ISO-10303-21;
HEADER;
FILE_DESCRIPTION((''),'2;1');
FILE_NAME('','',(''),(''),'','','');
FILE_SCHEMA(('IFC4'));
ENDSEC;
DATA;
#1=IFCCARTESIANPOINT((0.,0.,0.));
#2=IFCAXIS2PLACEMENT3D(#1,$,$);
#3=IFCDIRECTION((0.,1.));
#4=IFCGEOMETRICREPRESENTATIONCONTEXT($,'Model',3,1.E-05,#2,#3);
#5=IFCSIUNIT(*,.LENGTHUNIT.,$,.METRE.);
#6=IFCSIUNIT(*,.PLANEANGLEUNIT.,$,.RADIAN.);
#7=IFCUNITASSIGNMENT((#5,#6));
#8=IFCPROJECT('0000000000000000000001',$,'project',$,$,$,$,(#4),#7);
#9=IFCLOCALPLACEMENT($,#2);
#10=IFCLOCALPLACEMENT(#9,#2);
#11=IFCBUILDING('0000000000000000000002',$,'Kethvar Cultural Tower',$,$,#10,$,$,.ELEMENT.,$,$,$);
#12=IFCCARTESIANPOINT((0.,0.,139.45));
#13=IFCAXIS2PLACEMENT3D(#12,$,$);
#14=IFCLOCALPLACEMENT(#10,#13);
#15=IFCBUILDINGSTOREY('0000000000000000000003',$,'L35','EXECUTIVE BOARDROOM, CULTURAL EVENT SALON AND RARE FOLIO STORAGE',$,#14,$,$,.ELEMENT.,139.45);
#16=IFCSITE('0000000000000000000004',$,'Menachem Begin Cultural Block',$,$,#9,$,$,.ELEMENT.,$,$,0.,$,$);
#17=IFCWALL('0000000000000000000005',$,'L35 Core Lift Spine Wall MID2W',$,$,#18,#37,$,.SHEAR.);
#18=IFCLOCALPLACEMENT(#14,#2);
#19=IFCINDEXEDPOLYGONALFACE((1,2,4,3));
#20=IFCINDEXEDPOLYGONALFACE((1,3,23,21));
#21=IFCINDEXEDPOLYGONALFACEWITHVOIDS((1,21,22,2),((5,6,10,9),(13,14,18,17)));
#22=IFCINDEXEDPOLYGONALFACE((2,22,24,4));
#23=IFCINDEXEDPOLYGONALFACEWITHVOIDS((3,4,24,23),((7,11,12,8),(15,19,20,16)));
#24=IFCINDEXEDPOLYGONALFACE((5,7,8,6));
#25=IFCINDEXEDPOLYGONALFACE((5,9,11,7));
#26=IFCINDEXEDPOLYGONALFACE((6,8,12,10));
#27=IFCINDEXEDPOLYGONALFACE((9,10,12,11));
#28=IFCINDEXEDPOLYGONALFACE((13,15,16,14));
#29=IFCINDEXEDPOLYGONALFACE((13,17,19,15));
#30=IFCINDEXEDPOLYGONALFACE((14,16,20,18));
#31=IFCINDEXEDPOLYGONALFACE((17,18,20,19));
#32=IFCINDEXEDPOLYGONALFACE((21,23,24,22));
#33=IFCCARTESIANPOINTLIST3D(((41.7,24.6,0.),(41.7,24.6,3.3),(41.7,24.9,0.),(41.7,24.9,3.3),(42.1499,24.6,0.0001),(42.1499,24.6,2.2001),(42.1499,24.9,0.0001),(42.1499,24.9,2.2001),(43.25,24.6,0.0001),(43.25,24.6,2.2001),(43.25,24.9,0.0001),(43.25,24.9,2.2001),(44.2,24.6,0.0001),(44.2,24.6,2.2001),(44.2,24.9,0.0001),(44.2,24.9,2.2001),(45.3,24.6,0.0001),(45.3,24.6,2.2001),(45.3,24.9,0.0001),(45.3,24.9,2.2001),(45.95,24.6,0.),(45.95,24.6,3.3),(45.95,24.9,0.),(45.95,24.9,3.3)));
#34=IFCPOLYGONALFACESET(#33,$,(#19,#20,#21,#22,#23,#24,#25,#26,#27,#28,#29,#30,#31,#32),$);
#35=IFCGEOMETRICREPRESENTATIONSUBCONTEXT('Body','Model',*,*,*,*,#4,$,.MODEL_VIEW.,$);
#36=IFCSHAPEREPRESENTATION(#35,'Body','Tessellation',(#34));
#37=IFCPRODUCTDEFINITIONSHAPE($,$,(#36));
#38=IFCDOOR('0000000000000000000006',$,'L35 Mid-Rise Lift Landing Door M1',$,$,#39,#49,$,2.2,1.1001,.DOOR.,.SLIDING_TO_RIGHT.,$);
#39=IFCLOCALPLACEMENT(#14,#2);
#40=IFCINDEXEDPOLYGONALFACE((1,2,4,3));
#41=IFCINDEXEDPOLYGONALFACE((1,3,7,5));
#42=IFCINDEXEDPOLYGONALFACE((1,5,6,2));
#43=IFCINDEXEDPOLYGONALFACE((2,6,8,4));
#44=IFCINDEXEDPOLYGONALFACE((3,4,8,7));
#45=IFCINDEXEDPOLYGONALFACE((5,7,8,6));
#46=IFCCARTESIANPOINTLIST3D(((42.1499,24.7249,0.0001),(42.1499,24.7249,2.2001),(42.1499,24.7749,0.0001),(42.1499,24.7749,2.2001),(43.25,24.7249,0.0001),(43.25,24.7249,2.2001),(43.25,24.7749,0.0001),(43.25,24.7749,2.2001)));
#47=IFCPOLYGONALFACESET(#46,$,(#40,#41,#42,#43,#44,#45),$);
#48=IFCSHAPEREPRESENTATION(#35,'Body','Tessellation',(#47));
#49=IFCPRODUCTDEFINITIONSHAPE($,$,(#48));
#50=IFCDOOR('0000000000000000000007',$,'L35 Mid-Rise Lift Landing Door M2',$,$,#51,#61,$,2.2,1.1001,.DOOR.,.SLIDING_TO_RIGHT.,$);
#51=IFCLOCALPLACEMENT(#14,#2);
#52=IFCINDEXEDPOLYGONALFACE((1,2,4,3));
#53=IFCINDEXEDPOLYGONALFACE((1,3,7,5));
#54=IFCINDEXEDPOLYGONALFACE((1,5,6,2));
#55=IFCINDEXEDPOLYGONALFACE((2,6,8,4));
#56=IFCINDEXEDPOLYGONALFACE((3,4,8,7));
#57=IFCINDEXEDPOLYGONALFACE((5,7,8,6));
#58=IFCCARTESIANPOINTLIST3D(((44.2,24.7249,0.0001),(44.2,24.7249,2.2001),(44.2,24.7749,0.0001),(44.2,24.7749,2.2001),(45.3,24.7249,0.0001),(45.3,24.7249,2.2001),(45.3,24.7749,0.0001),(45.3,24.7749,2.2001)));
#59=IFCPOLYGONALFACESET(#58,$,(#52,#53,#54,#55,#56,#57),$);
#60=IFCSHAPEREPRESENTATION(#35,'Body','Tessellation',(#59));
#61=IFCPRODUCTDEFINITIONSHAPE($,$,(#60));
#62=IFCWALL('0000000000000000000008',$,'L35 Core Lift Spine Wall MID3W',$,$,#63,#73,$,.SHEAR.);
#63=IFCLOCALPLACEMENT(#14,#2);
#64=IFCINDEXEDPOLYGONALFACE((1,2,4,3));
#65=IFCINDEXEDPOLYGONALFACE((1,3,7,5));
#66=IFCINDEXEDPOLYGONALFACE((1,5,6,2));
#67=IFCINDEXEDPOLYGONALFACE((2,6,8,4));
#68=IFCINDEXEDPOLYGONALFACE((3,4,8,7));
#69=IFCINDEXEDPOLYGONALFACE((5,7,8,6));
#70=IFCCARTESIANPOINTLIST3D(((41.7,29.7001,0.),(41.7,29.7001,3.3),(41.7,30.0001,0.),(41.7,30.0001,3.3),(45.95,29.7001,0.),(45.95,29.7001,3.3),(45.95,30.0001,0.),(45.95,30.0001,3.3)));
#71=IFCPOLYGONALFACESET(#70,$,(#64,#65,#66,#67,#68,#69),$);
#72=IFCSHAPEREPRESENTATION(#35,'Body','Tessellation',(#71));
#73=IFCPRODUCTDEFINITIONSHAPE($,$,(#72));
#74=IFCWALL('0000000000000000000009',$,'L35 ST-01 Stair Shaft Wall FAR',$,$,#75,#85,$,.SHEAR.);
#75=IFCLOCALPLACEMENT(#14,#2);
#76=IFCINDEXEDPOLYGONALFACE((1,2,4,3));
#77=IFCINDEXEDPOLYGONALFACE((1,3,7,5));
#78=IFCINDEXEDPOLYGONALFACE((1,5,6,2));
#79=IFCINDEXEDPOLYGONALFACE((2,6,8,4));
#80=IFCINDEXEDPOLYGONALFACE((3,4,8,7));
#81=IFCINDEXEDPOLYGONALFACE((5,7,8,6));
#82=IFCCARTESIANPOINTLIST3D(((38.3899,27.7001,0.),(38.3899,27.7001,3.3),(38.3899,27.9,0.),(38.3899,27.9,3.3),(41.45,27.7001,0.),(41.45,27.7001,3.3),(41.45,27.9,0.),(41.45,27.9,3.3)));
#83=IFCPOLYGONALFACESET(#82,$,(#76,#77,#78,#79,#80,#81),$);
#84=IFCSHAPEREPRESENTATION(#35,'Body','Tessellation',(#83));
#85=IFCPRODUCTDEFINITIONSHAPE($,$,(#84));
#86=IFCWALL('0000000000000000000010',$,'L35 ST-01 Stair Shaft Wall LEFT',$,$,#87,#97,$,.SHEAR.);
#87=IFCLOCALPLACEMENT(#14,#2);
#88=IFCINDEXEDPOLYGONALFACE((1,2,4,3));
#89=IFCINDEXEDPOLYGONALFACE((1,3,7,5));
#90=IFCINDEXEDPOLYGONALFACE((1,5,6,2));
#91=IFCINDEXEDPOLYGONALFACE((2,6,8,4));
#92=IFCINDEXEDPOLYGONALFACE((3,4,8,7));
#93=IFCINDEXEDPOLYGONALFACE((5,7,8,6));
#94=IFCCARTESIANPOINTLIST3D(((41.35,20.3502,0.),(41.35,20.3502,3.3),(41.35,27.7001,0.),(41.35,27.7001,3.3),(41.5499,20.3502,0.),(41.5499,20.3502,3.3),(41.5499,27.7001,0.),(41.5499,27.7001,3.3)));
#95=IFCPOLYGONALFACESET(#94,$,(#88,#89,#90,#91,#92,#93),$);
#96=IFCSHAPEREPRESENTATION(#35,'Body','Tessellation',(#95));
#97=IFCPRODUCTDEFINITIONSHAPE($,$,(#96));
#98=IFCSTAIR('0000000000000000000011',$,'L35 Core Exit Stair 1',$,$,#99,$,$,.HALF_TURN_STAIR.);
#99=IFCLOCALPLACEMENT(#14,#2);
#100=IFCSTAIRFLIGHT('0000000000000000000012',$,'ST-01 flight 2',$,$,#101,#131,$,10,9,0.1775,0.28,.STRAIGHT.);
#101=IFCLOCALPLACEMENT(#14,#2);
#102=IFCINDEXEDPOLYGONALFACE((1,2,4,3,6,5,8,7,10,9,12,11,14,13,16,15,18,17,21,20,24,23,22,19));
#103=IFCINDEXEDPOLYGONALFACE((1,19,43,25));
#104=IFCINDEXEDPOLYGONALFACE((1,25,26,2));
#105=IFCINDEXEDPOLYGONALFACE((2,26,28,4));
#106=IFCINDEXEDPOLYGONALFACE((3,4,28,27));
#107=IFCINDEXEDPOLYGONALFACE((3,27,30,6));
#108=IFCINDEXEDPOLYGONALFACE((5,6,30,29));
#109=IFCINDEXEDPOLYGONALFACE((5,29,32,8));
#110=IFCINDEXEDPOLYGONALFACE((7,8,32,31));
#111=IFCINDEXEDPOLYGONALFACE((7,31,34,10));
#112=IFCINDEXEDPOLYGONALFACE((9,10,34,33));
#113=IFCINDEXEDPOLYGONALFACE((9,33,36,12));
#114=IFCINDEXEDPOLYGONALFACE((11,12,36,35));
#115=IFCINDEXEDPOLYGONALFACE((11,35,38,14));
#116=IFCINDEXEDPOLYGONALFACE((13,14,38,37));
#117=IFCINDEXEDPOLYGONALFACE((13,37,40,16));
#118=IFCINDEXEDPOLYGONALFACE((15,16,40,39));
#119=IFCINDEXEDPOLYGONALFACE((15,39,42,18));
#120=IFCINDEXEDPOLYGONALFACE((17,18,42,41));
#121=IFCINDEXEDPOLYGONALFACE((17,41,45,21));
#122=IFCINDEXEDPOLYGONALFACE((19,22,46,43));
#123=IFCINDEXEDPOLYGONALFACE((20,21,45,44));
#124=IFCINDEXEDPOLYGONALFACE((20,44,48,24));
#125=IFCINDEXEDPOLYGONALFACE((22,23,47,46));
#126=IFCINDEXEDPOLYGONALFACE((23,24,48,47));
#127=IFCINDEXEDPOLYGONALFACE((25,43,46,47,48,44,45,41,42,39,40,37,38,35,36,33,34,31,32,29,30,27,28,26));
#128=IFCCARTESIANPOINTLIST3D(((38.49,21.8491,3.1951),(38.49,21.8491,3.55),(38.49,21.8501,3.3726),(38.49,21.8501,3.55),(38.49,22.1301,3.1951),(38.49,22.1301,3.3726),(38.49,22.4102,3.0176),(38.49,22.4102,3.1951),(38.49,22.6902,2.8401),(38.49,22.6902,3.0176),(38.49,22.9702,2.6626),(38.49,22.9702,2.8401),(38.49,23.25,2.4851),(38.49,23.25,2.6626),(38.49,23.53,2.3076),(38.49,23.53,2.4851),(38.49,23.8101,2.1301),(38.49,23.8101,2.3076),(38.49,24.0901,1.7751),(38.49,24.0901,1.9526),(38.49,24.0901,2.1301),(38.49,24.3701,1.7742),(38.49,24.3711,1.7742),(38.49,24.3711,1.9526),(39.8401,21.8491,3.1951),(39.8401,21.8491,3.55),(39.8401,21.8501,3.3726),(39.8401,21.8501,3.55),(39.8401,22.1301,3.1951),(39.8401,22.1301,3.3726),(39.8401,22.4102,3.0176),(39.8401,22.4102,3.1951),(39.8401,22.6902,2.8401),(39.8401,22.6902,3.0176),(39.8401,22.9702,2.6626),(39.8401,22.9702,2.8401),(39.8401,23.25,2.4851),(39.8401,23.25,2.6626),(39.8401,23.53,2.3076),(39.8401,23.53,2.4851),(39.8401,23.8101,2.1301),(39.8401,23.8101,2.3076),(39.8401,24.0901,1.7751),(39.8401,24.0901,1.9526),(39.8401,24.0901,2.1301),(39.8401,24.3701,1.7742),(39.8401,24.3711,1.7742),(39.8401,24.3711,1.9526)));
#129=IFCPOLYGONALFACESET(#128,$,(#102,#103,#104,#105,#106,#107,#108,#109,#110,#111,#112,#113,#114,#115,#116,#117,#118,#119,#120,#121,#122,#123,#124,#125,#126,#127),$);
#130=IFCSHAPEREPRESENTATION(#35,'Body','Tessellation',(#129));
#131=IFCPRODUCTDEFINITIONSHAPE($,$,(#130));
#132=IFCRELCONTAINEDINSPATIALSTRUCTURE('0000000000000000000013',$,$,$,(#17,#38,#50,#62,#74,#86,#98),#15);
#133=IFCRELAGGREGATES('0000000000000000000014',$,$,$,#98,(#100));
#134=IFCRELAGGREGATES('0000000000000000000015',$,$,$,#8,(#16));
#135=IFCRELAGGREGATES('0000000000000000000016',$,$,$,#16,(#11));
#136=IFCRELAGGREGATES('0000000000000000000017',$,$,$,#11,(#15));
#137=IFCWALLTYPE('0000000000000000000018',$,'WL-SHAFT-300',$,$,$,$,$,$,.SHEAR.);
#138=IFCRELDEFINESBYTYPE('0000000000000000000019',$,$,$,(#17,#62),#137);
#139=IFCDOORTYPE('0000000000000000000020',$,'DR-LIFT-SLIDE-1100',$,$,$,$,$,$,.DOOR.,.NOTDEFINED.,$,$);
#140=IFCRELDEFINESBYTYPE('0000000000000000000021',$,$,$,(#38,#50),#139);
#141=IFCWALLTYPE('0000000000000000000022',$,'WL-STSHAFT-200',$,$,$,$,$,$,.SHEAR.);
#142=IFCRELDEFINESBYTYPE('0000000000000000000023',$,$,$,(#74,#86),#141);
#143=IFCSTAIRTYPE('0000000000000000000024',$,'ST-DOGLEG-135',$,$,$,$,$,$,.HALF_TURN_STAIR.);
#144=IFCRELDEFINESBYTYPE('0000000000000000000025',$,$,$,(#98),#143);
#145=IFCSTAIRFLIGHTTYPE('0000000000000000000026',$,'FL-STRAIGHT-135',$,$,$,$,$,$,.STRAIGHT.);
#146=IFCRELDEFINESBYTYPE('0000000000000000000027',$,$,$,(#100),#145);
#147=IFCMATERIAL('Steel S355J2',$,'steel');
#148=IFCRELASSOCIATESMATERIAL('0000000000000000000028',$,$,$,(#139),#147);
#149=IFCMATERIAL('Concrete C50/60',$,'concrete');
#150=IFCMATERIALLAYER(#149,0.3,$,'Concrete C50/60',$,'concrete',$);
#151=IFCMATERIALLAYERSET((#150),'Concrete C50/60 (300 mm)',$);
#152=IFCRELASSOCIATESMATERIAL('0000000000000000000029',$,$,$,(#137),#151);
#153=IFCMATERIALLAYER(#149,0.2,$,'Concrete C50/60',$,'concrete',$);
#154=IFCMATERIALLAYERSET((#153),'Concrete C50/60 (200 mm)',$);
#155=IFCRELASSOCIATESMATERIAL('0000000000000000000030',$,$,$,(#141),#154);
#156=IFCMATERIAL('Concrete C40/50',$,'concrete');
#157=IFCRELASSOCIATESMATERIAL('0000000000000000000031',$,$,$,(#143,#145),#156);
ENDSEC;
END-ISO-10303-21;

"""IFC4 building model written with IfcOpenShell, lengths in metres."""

from ifc_helpers import new_model, si_unit, direction, frame, frame_2d, origin, place, context, subcontext, project, spatial, polyline, rectangle, outline, extrude, source, transform, mapped, material, layer, layer_set, type_object, element, fill, aggregate, save


model = new_model("IFC4")

# Units and contexts
model_context = context("Model", 3, precision=1e-05, world=origin(), true_north=direction((0.0, 1.0)))
body_context = subcontext(model_context, "Body", "Model", "MODEL_VIEW")
ifc_project = project(units=[si_unit("LENGTHUNIT", "METRE"), si_unit("PLANEANGLEUNIT", "RADIAN")], contexts=[model_context])

# Site, building, storey
site_placement = place(None, origin())
site = spatial("IfcSite", under=ifc_project, at=site_placement, Name="Menachem Begin Cultural Block", CompositionType="ELEMENT", RefElevation=0.0)
building_placement = place(site_placement, origin())
building = spatial("IfcBuilding", under=site, at=building_placement, Name="Kethvar Cultural Tower", CompositionType="ELEMENT")
storey_placement = place(building_placement, frame((0.0, 0.0, 139.45)))
storey = spatial("IfcBuildingStorey", under=building, at=storey_placement, Name="L35", Description="EXECUTIVE BOARDROOM, CULTURAL EVENT SALON AND RARE FOLIO STORAGE", CompositionType="ELEMENT", Elevation=139.45)

# Shared definitions
ifc_material_1 = material(Name="Steel S355J2", Category="steel")

# Shared definitions
door_type = type_object("IfcDoorType", Name="DR-LIFT-SLIDE-1100", OperationType="NOTDEFINED", PredefinedType="DOOR", material=ifc_material_1)
shared_shape_1 = source(origin(), body_context, "Body", "SweptSolid", [
    extrude(rectangle(XDim=1.1001, YDim=2.2, at=frame_2d((0.55, 1.1001))), frame((0.0, 0.0249, 0.0), z_axis=(0.0, -1.0, 0.0), x_axis=(1.0, 0.0, 0.0)), (0.0, 0.0, 1.0), 0.05),
])

# Shared definitions
ifc_material_2 = material(Name="Concrete C40/50", Category="concrete")

# Wall, openings, doors
ifc_material_3 = material(Name="Concrete C50/60", Category="concrete")
ifc_layer_1 = layer(ifc_material_3, 0.3, Name="Concrete C50/60", Category="concrete")
ifc_layer_set_1 = layer_set([ifc_layer_1], Name="Concrete C50/60 (300 mm)")
wall_type_1 = type_object("IfcWallType", Name="WL-SHAFT-300", PredefinedType="SHEAR", material=ifc_layer_set_1)
wall_1_placement = place(storey_placement, frame((41.7, 24.75, 0.0), z_axis=(0.0, 0.0, 1.0), x_axis=(1.0, 0.0, 0.0)))
wall_1 = element("IfcWall", 1, at=wall_1_placement, inside=storey, type_object=wall_type_1, Name="L35 Core Lift Spine Wall MID2W", PredefinedType="SHEAR", context=body_context, shape_type="SweptSolid", body=[
    extrude(rectangle(XDim=4.25, YDim=0.3, at=frame_2d((2.125, 0.0))), origin(), (0.0, 0.0, 1.0), 3.3),
])
opening_1_placement = place(wall_1_placement, frame((0.45, 0.0, 0.0)))
opening_1 = element("IfcOpeningElement", 2, at=opening_1_placement, cuts=wall_1, PredefinedType="OPENING", context=body_context, shape_type="SweptSolid", body=[
    extrude(rectangle(XDim=1.1001, YDim=2.2, at=frame_2d((0.55, 1.1001))), frame((0.0, 0.1599, 0.0), z_axis=(0.0, -1.0, 0.0), x_axis=(1.0, 0.0, 0.0)), (0.0, 0.0, 1.0), 0.3201),
])
opening_2_placement = place(wall_1_placement, frame((2.5, 0.0, 0.0)))
opening_2 = element("IfcOpeningElement", 3, at=opening_2_placement, cuts=wall_1, PredefinedType="OPENING", context=body_context, shape_type="SweptSolid", body=[
    extrude(rectangle(XDim=1.1001, YDim=2.2, at=frame_2d((0.55, 1.1001))), frame((0.0, 0.1599, 0.0), z_axis=(0.0, -1.0, 0.0), x_axis=(1.0, 0.0, 0.0)), (0.0, 0.0, 1.0), 0.3201),
])
door_1_placement = place(opening_1_placement, origin())
door_1 = element("IfcDoor", 4, at=door_1_placement, inside=storey, type_object=door_type, Name="L35 Mid-Rise Lift Landing Door M1", OperationType="SLIDING_TO_RIGHT", OverallHeight=2.2, OverallWidth=1.1001, PredefinedType="DOOR", context=body_context, shape_type="MappedRepresentation", body=[
    mapped(shared_shape_1, transform((0.0, 0.0, 0.0), scale=1.0)),
])
fill(opening_1, door_1)
door_2_placement = place(opening_2_placement, origin())
door_2 = element("IfcDoor", 5, at=door_2_placement, inside=storey, type_object=door_type, Name="L35 Mid-Rise Lift Landing Door M2", OperationType="SLIDING_TO_RIGHT", OverallHeight=2.2, OverallWidth=1.1001, PredefinedType="DOOR", context=body_context, shape_type="MappedRepresentation", body=[
    mapped(shared_shape_1, transform((0.0, 0.0, 0.0), scale=1.0)),
])
fill(opening_2, door_2)

# Walls
wall_2_placement = place(storey_placement, frame((41.7, 29.8501, 0.0), z_axis=(0.0, 0.0, 1.0), x_axis=(1.0, 0.0, 0.0)))
element("IfcWall", 6, at=wall_2_placement, inside=storey, type_object=wall_type_1, Name="L35 Core Lift Spine Wall MID3W", PredefinedType="SHEAR", context=body_context, shape_type="SweptSolid", body=[
    extrude(rectangle(XDim=4.25, YDim=0.3, at=frame_2d((2.125, 0.0))), origin(), (0.0, 0.0, 1.0), 3.3),
])
ifc_layer_2 = layer(ifc_material_3, 0.2, Name="Concrete C50/60", Category="concrete")
ifc_layer_set_2 = layer_set([ifc_layer_2], Name="Concrete C50/60 (200 mm)")
wall_type_2 = type_object("IfcWallType", Name="WL-STSHAFT-200", PredefinedType="SHEAR", material=ifc_layer_set_2)
wall_3_placement = place(storey_placement, frame((38.3899, 27.8, 0.0), z_axis=(0.0, 0.0, 1.0), x_axis=(1.0, 0.0, 0.0)))
element("IfcWall", 7, at=wall_3_placement, inside=storey, type_object=wall_type_2, Name="L35 ST-01 Stair Shaft Wall FAR", PredefinedType="SHEAR", context=body_context, shape_type="SweptSolid", body=[
    extrude(rectangle(XDim=3.0601, YDim=0.2, at=frame_2d((1.53, 0.0))), origin(), (0.0, 0.0, 1.0), 3.3),
])
wall_4_placement = place(storey_placement, frame((41.45, 27.7, 0.0), z_axis=(0.0, 0.0, 1.0), x_axis=(0.0, -1.0, 0.0)))
element("IfcWall", 8, at=wall_4_placement, inside=storey, type_object=wall_type_2, Name="L35 ST-01 Stair Shaft Wall LEFT", PredefinedType="SHEAR", context=body_context, shape_type="SweptSolid", body=[
    extrude(rectangle(XDim=7.3499, YDim=0.2, at=frame_2d((3.6748, 0.0))), origin(), (0.0, 0.0, 1.0), 3.3),
])

# Stair, stair flight
stair_type = type_object("IfcStairType", Name="ST-DOGLEG-135", PredefinedType="HALF_TURN_STAIR", material=ifc_material_2)
stair_placement = place(storey_placement, origin())
stair = element("IfcStair", 9, at=stair_placement, inside=storey, type_object=stair_type, Name="L35 Core Exit Stair 1", PredefinedType="HALF_TURN_STAIR")
stair_flight_type = type_object("IfcStairFlightType", Name="FL-STRAIGHT-135", PredefinedType="STRAIGHT", material=ifc_material_2)
stair_flight_placement = place(storey_placement, frame((39.165, 24.3701, 1.7751), z_axis=(0.0, 0.0, 1.0), x_axis=(0.0, -1.0, 0.0)))
stair_flight = element("IfcStairFlight", 10, at=stair_flight_placement, type_object=stair_flight_type, Name="ST-01 flight 2", NumberOfRisers=10, NumberOfTreads=9, PredefinedType="STRAIGHT", RiserHeight=0.1775, TreadLength=0.28, context=body_context, shape_type="SweptSolid", body=[
    extrude(outline(polyline([(-0.001, -0.001), (-0.001, 0.1775), (0.28, 0.1775), (0.28, 0.355), (0.5601, 0.355), (0.5601, 0.5325), (0.8401, 0.5325), (0.8401, 0.71), (1.1201, 0.71), (1.1201, 0.8875), (1.3999, 0.8875), (1.3999, 1.0649), (1.6799, 1.0649), (1.6799, 1.2424), (1.96, 1.2424), (1.96, 1.4199), (2.24, 1.4199), (2.24, 1.5974), (2.52, 1.5974), (2.52, 1.7749), (2.521, 1.7749), (2.521, 1.4199), (0.28, 0.0), (0.0, -0.001), (-0.001, -0.001)])), frame((0.0, 0.675, 0.0), z_axis=(0.0, -1.0, 0.0), x_axis=(1.0, 0.0, 0.0)), (0.0, 0.0, 1.0), 1.3501),
])
aggregate(stair, [stair_flight])

save(model, "model.ifc")
